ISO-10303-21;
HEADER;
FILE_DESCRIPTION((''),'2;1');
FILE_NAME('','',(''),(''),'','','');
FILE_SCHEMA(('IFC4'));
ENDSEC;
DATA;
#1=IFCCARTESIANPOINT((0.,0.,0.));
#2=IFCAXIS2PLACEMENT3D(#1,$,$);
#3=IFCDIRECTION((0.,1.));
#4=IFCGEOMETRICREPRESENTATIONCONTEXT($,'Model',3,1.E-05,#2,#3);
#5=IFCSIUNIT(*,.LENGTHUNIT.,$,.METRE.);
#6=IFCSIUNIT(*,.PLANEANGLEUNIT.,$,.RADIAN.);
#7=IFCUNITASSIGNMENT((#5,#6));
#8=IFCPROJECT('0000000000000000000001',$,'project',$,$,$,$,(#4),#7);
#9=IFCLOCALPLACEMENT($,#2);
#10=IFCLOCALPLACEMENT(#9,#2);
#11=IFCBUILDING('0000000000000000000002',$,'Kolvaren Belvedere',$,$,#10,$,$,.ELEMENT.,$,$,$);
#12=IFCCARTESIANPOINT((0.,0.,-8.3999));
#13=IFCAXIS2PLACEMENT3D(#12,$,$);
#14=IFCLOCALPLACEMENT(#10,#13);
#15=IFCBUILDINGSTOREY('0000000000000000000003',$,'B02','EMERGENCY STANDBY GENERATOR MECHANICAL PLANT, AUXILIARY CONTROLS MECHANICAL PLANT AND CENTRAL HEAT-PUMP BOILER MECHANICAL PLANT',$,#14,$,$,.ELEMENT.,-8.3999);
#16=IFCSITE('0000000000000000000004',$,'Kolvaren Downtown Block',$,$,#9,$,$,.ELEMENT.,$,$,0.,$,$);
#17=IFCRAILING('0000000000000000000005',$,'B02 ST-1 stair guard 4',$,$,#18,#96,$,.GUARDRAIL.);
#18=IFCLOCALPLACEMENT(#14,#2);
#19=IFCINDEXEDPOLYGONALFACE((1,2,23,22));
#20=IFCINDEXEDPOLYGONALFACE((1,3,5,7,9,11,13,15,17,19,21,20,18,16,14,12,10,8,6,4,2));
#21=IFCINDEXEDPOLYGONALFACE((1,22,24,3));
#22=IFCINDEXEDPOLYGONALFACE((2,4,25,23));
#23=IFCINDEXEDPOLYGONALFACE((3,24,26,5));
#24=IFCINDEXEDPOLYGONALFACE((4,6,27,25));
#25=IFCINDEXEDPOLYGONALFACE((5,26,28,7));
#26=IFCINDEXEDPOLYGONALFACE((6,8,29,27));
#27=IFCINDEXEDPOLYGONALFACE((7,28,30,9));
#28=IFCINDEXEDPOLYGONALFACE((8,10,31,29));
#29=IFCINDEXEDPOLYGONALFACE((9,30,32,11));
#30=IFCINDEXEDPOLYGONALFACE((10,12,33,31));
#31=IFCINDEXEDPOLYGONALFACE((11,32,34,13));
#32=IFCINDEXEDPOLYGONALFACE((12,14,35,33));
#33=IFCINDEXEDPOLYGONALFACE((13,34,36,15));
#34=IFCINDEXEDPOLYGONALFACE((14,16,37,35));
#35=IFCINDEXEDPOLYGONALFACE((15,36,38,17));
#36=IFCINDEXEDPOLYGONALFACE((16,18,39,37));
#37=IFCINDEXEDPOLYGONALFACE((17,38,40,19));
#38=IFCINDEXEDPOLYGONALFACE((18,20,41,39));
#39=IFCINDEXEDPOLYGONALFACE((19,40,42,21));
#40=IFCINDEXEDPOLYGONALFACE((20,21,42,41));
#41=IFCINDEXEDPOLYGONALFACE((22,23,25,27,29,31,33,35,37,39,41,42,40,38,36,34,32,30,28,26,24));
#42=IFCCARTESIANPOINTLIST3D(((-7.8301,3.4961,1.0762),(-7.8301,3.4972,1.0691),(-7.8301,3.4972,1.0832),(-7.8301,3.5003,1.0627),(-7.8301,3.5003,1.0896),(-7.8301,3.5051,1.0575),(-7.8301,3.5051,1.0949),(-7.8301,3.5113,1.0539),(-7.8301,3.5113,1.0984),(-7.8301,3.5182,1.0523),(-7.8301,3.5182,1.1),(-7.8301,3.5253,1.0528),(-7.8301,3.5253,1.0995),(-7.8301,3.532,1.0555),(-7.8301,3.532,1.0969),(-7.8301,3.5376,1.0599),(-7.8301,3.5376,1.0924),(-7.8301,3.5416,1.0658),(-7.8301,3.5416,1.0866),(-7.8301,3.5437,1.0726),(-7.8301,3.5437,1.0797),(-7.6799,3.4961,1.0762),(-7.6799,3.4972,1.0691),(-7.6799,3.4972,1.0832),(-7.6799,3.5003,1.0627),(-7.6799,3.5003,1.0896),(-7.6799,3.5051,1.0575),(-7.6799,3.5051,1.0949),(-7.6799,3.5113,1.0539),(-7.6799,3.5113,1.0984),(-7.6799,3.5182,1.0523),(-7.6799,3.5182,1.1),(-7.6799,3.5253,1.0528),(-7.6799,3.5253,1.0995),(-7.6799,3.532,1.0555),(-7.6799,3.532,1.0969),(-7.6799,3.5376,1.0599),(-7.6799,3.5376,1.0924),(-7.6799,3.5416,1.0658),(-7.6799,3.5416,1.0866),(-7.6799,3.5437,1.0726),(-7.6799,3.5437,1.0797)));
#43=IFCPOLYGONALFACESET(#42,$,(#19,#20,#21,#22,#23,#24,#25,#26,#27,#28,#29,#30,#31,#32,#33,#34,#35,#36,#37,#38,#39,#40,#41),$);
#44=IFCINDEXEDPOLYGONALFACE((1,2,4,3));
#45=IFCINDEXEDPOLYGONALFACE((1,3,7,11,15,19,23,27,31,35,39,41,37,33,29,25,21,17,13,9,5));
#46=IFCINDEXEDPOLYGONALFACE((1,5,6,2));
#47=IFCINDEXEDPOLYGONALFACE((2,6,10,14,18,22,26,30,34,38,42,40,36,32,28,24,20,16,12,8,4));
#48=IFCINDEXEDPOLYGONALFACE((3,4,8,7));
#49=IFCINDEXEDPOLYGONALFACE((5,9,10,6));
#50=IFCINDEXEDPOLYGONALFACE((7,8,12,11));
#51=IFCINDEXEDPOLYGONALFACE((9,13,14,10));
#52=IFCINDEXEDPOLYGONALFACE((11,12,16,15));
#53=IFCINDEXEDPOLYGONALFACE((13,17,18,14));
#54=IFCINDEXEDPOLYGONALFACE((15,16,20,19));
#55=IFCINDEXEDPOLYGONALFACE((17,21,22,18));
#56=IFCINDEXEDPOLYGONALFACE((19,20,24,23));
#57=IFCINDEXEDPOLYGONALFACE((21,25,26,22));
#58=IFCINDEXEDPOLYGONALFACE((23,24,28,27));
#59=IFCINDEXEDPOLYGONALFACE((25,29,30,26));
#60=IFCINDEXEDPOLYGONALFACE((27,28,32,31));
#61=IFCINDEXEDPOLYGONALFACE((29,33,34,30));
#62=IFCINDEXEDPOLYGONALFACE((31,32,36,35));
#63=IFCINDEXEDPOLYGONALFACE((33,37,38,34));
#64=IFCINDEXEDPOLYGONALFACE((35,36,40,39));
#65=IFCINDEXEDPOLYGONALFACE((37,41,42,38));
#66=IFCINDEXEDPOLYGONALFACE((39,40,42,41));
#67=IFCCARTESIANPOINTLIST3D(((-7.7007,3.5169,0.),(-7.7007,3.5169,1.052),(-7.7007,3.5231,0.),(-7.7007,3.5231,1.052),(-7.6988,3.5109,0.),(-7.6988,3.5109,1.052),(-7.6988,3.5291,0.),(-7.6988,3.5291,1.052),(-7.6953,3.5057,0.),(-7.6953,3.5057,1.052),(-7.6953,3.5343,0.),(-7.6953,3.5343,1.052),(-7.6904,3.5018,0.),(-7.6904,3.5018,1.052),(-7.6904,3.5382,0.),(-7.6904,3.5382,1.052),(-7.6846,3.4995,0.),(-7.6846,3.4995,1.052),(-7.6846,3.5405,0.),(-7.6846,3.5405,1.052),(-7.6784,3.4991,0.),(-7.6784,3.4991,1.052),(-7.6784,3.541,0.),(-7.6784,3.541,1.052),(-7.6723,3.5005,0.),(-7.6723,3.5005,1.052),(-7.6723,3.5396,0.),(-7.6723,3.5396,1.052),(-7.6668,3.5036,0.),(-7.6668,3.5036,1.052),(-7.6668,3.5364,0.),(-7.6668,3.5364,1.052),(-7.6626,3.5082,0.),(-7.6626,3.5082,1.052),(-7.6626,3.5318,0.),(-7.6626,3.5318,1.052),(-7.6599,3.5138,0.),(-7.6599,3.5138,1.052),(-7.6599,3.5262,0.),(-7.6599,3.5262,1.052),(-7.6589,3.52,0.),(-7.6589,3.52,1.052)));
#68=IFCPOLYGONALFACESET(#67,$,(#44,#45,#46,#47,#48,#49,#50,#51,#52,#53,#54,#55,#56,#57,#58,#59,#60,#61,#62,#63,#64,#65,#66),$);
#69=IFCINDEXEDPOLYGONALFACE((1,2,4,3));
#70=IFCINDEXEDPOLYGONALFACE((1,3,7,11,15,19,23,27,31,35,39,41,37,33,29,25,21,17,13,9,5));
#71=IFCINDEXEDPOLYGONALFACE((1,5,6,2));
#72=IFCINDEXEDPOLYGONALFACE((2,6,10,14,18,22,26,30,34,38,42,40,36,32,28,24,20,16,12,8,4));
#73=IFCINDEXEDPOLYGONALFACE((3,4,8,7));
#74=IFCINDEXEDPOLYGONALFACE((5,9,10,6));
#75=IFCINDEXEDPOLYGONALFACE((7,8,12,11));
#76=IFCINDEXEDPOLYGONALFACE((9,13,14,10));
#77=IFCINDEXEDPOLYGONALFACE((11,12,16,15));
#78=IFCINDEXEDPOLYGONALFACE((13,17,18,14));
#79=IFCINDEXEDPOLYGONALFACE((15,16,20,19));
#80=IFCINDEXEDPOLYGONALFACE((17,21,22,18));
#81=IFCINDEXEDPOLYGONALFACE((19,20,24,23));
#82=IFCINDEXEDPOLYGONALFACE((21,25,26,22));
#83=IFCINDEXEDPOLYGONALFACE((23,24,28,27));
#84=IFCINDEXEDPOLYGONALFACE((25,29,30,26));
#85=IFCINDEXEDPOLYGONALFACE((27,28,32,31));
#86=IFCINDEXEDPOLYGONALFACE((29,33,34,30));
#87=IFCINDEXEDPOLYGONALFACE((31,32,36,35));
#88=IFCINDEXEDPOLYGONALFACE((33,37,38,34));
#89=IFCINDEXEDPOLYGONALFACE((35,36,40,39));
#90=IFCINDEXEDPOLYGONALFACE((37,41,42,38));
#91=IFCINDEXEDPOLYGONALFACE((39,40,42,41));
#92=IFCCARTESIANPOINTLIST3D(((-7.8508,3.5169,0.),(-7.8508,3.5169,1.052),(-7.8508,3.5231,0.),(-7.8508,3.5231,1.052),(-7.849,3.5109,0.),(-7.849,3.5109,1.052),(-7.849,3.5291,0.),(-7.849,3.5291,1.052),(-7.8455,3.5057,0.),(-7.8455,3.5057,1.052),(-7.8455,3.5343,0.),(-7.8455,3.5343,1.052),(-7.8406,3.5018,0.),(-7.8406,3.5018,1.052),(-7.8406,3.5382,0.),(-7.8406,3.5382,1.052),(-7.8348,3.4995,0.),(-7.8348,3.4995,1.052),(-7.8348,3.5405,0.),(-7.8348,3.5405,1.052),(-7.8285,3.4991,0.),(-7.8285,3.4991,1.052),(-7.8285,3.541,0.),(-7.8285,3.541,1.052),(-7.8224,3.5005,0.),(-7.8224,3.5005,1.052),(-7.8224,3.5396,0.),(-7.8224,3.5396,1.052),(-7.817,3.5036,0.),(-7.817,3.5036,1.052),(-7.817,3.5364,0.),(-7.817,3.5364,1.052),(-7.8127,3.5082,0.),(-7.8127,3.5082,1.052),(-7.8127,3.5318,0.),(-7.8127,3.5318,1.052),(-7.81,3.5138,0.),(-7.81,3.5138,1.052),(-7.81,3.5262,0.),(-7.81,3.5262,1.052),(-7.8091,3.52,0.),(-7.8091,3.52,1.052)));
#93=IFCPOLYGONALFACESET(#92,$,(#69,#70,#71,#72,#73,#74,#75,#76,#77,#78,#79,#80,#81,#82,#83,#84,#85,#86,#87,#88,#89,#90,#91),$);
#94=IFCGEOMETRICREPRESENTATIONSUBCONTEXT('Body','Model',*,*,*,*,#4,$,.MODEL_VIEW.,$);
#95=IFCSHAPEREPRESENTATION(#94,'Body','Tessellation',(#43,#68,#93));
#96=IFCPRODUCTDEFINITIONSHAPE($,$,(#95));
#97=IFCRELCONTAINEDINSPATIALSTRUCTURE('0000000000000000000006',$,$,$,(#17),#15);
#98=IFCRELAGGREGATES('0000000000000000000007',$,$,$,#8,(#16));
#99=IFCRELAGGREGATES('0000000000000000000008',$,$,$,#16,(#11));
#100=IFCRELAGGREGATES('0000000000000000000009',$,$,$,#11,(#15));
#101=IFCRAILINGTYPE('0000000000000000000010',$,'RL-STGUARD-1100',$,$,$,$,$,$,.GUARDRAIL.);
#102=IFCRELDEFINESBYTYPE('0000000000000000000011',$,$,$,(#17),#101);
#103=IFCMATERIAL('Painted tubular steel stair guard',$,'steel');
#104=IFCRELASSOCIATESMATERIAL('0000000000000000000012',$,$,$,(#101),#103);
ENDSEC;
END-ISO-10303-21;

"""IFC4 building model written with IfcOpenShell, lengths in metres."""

from ifc_helpers import new_model, si_unit, direction, frame, origin, origin_2d, place, context, subcontext, project, spatial, circle, extrude, material, type_object, element, save


model = new_model("IFC4")

# Units and contexts
model_context = context("Model", 3, precision=1e-05, world=origin(), true_north=direction((0.0, 1.0)))
body_context = subcontext(model_context, "Body", "Model", "MODEL_VIEW")
ifc_project = project(units=[si_unit("LENGTHUNIT", "METRE"), si_unit("PLANEANGLEUNIT", "RADIAN")], contexts=[model_context])

# Site, building, storey
site_placement = place(None, origin())
site = spatial("IfcSite", under=ifc_project, at=site_placement, Name="Kolvaren Downtown Block", CompositionType="ELEMENT", RefElevation=0.0)
building_placement = place(site_placement, origin())
building = spatial("IfcBuilding", under=site, at=building_placement, Name="Kolvaren Belvedere", CompositionType="ELEMENT")
storey_placement = place(building_placement, frame((0.0, 0.0, -8.3999)))
storey = spatial("IfcBuildingStorey", under=building, at=storey_placement, Name="B02", Description="EMERGENCY STANDBY GENERATOR MECHANICAL PLANT, AUXILIARY CONTROLS MECHANICAL PLANT AND CENTRAL HEAT-PUMP BOILER MECHANICAL PLANT", CompositionType="ELEMENT", Elevation=-8.3999)

# Railing
ifc_material_1 = material(Name="Painted tubular steel stair guard", Category="steel")
railing_type_1 = type_object("IfcRailingType", Name="RL-STGUARD-1100", PredefinedType="GUARDRAIL", material=ifc_material_1)
railing_1_placement = place(storey_placement, frame((-7.6799, 3.52, 0.0)))
element("IfcRailing", 1, at=railing_1_placement, inside=storey, type_object=railing_type_1, Name="B02 ST-1 stair guard 4", PredefinedType="GUARDRAIL", context=body_context, shape_type="SweptSolid", body=[
    extrude(circle(Radius=0.0239, at=origin_2d()), frame((0.0, 0.0, 1.0762), z_axis=(-1.0, 0.0, 0.0), x_axis=(0.0, -1.0, 0.0)), (0.0, 0.0, 1.0), 0.1501),
    extrude(circle(Radius=0.021, at=origin_2d()), origin(), (0.0, 0.0, 1.0), 1.052),
    extrude(circle(Radius=0.021, at=origin_2d()), frame((-0.1501, 0.0, 0.0)), (0.0, 0.0, 1.0), 1.052),
])

save(model, "model.ifc")
